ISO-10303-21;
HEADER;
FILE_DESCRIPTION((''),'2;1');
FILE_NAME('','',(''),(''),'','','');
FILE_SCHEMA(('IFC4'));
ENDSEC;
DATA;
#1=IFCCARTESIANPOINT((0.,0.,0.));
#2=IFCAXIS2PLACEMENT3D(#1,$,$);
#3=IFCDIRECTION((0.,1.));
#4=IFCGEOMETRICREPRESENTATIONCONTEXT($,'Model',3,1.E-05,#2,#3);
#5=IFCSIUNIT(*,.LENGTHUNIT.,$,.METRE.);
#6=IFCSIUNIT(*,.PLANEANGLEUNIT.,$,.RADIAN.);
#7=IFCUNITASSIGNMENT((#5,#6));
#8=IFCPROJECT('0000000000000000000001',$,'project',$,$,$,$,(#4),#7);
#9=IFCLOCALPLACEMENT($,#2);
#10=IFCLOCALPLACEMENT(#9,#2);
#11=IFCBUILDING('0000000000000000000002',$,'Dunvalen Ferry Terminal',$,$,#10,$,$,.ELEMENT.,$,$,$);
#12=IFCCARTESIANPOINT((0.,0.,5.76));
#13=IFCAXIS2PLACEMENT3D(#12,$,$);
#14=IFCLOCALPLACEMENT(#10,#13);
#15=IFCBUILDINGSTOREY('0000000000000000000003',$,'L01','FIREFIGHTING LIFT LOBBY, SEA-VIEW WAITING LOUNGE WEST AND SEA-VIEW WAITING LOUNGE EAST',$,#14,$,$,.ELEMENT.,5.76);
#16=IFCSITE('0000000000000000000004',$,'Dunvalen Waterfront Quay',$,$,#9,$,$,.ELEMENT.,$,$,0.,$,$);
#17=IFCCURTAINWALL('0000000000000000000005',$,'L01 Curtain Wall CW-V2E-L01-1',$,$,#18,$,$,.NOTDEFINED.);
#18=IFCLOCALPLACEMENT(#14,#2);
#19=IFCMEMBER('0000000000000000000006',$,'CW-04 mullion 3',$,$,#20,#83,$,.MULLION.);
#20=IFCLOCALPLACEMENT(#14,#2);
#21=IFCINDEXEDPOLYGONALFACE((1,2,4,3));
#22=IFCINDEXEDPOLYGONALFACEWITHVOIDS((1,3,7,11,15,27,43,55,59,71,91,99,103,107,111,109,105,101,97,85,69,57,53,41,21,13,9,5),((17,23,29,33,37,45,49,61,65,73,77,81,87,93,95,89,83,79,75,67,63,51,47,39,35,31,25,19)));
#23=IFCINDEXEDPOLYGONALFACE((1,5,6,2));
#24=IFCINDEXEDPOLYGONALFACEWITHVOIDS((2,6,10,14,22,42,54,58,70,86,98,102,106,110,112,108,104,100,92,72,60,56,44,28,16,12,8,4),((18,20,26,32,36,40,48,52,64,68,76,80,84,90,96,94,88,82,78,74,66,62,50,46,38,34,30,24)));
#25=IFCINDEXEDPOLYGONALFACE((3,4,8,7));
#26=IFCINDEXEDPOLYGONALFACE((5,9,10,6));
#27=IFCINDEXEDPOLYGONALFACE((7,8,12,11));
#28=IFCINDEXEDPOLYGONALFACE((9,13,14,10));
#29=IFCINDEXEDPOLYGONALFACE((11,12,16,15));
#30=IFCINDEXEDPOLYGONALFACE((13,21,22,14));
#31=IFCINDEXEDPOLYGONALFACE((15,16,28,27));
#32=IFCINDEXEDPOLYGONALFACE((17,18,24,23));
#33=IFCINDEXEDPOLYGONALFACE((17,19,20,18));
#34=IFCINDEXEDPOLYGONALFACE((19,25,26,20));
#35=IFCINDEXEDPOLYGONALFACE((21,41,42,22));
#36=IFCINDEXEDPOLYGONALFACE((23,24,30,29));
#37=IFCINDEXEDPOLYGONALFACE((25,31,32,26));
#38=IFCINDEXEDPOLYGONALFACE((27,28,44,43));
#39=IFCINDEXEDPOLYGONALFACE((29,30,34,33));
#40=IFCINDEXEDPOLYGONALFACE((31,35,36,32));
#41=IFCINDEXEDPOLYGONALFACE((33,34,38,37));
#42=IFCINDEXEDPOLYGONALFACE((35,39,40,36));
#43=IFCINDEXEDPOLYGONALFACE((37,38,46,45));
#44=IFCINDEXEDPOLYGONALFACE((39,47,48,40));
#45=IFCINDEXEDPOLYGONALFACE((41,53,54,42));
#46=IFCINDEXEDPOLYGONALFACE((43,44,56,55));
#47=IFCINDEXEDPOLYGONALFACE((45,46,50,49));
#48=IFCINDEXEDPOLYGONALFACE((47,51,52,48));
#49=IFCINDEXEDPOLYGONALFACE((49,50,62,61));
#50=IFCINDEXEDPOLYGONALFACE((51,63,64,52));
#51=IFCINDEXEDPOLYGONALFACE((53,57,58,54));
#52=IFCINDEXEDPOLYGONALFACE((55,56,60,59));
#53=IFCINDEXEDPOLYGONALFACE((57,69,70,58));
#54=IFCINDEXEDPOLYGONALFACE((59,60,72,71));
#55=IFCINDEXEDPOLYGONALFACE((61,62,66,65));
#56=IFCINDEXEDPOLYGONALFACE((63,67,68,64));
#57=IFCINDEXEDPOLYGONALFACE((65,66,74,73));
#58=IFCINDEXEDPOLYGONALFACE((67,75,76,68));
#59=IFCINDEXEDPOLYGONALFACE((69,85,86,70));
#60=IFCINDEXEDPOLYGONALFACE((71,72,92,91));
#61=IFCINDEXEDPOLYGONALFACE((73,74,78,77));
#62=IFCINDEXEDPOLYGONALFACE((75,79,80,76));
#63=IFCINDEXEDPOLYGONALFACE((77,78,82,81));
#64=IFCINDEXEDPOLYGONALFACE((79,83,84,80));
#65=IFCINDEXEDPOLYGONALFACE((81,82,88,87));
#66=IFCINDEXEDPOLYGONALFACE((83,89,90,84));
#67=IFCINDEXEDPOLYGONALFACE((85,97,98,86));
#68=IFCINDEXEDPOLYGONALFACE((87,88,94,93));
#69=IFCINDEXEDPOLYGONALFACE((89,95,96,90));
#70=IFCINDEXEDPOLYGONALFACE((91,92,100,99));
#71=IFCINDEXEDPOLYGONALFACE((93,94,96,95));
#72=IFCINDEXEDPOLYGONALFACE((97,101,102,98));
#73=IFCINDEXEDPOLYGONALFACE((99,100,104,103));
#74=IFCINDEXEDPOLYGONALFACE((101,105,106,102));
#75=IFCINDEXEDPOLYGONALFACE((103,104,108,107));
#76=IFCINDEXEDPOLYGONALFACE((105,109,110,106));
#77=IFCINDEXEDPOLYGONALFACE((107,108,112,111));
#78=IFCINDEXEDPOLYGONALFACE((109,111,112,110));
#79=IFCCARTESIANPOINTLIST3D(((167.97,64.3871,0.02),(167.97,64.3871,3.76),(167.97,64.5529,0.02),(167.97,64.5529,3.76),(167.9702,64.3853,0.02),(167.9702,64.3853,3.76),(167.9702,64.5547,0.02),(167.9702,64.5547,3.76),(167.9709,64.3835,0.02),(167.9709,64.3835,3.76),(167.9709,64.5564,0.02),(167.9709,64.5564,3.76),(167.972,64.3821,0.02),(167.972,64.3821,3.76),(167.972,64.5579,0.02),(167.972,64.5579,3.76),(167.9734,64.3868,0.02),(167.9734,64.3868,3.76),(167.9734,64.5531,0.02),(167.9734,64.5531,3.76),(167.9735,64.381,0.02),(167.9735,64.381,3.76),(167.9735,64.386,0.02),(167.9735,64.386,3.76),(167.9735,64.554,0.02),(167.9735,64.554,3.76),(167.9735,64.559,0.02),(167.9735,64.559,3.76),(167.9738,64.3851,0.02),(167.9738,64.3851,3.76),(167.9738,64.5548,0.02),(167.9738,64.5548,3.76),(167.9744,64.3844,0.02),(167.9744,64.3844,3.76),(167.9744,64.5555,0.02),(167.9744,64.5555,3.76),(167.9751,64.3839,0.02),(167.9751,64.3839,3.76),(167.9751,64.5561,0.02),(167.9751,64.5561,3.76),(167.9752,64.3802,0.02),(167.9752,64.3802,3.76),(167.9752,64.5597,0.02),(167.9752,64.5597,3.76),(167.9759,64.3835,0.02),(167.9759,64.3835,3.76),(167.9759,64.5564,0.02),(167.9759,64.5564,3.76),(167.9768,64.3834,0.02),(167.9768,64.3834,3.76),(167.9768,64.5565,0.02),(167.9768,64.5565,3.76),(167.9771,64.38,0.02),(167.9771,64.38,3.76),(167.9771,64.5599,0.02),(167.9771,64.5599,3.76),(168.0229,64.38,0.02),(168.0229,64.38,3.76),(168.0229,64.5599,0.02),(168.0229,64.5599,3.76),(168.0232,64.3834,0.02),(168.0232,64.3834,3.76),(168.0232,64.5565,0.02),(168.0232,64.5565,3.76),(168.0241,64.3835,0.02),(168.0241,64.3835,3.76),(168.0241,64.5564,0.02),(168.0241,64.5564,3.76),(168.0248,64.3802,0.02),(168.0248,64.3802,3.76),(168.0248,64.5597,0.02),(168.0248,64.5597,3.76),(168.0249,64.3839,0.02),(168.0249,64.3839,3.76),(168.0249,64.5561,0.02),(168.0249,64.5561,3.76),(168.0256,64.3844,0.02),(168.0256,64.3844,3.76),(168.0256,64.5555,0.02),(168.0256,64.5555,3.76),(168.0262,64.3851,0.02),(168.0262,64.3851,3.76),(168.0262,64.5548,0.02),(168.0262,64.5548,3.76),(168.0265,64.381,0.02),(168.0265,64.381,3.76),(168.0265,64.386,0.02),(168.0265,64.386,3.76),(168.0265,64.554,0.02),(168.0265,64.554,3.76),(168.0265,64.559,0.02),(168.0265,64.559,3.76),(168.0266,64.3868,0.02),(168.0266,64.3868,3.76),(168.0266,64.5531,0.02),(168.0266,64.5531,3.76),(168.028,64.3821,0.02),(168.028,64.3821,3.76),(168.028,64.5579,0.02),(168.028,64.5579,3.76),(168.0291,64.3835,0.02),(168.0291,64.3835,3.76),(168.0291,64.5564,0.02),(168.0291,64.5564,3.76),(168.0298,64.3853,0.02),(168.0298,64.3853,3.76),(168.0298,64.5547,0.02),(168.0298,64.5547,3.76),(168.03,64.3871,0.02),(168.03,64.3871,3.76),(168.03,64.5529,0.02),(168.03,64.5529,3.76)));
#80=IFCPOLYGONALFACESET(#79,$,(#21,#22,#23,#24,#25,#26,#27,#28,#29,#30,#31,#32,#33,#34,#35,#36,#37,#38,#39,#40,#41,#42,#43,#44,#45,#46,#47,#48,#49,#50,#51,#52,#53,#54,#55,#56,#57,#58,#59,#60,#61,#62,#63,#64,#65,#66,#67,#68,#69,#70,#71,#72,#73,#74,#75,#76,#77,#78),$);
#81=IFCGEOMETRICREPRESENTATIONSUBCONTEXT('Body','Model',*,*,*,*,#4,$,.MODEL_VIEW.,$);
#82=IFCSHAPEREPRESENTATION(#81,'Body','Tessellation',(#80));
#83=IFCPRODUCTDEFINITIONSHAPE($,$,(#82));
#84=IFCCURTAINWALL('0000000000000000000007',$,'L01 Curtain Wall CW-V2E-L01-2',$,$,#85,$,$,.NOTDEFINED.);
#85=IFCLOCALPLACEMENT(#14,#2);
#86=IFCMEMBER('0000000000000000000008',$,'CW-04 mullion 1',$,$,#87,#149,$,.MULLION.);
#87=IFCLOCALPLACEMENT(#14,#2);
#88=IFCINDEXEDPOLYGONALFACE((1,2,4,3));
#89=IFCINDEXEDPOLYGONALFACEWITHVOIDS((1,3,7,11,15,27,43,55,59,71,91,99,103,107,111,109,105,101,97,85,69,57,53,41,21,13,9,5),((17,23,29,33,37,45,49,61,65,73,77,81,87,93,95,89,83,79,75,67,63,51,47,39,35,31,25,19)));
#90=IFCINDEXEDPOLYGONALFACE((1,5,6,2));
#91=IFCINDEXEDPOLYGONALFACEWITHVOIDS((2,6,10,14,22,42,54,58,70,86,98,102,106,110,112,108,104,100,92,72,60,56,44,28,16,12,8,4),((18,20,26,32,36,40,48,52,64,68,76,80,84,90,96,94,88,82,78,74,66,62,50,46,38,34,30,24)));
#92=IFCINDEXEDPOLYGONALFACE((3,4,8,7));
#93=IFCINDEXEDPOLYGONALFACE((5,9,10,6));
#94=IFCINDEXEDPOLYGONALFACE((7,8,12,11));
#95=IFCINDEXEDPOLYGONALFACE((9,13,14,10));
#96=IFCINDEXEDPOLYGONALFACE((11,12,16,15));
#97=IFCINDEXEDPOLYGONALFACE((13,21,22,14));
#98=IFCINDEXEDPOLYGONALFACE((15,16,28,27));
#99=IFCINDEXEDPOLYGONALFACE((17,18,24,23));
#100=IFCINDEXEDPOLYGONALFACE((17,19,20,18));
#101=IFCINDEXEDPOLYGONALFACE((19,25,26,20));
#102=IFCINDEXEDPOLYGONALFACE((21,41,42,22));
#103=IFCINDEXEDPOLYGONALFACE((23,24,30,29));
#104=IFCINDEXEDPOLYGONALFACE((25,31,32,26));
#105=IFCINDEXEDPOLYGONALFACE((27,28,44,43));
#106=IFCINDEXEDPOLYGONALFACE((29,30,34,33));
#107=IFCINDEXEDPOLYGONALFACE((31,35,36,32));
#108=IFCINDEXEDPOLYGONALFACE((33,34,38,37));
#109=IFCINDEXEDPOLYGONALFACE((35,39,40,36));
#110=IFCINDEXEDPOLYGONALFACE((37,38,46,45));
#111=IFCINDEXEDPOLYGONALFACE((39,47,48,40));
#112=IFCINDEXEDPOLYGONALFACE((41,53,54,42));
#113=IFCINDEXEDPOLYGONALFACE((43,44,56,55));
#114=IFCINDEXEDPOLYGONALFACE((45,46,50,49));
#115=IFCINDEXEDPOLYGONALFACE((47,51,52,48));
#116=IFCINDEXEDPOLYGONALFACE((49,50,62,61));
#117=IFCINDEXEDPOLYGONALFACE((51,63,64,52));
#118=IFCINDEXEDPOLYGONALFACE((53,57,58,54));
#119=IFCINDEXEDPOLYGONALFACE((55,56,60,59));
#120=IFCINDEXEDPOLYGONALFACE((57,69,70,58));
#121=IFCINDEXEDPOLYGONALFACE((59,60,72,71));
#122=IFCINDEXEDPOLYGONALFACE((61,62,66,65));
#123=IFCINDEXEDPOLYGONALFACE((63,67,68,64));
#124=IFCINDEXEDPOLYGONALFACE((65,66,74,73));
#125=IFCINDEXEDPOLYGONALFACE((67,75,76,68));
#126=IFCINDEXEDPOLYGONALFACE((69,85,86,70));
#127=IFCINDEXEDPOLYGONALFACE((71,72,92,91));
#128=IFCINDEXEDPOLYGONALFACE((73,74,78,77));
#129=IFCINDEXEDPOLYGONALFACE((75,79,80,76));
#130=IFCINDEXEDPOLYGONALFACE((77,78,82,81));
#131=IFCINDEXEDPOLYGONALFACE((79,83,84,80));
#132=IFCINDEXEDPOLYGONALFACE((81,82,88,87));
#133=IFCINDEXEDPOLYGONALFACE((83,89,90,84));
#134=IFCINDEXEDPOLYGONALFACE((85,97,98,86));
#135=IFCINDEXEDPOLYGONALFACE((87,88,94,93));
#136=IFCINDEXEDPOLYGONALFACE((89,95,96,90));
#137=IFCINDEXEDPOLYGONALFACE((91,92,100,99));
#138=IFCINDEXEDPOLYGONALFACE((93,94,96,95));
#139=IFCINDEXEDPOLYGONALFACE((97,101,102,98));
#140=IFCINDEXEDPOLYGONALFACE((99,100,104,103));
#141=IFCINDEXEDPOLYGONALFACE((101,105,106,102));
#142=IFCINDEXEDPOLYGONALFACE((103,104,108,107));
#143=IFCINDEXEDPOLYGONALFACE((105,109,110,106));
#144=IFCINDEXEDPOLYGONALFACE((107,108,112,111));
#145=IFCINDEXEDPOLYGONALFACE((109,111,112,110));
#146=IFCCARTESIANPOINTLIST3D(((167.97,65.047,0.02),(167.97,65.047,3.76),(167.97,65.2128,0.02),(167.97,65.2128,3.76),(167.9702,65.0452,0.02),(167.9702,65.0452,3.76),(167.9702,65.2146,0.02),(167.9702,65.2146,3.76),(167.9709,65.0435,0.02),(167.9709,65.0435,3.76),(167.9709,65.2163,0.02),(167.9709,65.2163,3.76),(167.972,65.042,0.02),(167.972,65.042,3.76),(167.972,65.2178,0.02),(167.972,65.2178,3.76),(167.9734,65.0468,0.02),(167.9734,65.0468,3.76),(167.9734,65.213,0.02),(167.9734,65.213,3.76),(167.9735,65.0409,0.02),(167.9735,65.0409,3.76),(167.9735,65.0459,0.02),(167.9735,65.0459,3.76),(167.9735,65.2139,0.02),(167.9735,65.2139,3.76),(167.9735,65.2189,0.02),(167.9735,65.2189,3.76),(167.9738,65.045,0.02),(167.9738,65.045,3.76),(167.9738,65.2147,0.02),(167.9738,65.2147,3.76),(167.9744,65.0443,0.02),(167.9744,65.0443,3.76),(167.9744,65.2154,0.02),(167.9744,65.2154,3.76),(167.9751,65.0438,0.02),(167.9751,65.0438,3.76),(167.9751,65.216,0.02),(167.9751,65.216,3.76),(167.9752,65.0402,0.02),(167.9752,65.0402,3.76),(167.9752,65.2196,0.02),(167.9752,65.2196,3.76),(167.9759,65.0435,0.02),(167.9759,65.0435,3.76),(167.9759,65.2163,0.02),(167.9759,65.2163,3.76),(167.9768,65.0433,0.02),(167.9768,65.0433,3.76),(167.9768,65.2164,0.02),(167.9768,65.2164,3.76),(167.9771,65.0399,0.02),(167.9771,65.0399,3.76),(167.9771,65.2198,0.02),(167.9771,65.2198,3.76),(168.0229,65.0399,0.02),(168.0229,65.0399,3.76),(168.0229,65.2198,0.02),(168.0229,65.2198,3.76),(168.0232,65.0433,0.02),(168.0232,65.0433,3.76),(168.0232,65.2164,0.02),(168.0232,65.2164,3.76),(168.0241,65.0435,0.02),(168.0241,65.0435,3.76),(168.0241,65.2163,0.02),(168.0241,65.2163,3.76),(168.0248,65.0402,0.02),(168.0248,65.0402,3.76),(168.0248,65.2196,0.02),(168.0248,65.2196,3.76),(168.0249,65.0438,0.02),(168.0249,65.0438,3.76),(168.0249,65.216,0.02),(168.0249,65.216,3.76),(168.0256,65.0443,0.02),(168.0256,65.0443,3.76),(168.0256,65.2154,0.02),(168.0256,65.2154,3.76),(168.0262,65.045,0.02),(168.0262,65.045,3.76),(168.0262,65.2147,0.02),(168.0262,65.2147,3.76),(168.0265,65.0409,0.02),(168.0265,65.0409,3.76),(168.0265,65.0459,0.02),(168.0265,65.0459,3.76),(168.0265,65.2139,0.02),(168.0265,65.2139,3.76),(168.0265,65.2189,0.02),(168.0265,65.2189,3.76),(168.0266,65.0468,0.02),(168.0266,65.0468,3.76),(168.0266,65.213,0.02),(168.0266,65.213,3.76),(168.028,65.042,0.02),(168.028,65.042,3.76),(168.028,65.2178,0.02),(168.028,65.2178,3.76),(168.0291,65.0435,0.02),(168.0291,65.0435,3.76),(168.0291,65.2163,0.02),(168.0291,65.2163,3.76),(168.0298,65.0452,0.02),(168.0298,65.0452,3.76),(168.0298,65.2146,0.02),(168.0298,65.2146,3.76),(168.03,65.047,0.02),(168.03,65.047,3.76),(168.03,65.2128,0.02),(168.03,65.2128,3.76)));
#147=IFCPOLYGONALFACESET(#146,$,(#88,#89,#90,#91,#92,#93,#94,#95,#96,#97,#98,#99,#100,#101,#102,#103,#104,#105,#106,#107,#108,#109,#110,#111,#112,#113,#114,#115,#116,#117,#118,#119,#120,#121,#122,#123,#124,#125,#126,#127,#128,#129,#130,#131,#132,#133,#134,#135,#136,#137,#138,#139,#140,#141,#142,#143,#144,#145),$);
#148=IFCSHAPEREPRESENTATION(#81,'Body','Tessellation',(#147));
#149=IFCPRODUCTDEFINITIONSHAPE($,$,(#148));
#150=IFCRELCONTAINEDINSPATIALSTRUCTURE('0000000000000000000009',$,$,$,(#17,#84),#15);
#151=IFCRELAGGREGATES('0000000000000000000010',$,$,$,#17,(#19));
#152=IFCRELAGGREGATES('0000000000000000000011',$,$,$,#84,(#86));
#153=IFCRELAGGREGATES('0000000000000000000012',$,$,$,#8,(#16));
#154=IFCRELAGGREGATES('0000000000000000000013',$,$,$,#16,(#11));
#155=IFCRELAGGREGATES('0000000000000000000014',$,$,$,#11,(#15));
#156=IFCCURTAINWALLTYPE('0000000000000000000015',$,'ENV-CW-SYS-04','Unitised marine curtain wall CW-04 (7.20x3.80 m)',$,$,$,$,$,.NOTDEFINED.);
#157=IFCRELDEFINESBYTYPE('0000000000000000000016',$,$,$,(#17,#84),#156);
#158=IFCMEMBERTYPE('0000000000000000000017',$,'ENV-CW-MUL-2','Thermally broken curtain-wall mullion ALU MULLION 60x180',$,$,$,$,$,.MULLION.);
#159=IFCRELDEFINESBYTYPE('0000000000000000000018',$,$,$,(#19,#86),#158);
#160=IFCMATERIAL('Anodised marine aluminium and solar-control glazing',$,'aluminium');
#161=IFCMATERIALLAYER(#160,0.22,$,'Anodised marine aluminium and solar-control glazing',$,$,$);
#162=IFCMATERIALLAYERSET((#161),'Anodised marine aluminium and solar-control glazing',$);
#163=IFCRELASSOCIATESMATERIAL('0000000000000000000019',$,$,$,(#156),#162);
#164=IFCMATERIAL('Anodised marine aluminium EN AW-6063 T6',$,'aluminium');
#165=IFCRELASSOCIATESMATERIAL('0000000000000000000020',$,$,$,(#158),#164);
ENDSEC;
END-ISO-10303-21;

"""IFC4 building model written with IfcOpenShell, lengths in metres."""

from ifc_helpers import new_model, si_unit, direction, frame, origin, origin_2d, place, context, subcontext, project, spatial, hollow_rectangle, extrude, material, layer, layer_set, material_profile, profile_set, type_object, element, aggregate, save


model = new_model("IFC4")

# Units and contexts
model_context = context("Model", 3, precision=1e-05, world=origin(), true_north=direction((0.0, 1.0)))
body_context = subcontext(model_context, "Body", "Model", "MODEL_VIEW")
ifc_project = project(units=[si_unit("LENGTHUNIT", "METRE"), si_unit("PLANEANGLEUNIT", "RADIAN")], contexts=[model_context])

# Site, building, storey
site_placement = place(None, origin())
site = spatial("IfcSite", under=ifc_project, at=site_placement, Name="Dunvalen Waterfront Quay", CompositionType="ELEMENT", RefElevation=0.0)
building_placement = place(site_placement, origin())
building = spatial("IfcBuilding", under=site, at=building_placement, Name="Dunvalen Ferry Terminal", CompositionType="ELEMENT")
storey_placement = place(building_placement, frame((0.0, 0.0, 5.76)))
storey = spatial("IfcBuildingStorey", under=building, at=storey_placement, Name="L01", Description="FIREFIGHTING LIFT LOBBY, SEA-VIEW WAITING LOUNGE WEST AND SEA-VIEW WAITING LOUNGE EAST", CompositionType="ELEMENT", Elevation=5.76)

# Curtain wall, member
ifc_material_1 = material(Name="Anodised marine aluminium and solar-control glazing", Category="aluminium")
ifc_layer_1 = layer(ifc_material_1, 0.22, Name="Anodised marine aluminium and solar-control glazing")
ifc_layer_set_1 = layer_set([ifc_layer_1], Name="Anodised marine aluminium and solar-control glazing")
curtain_wall_type = type_object("IfcCurtainWallType", Name="ENV-CW-SYS-04", Description="Unitised marine curtain wall CW-04 (7.20x3.80 m)", PredefinedType="NOTDEFINED", material=ifc_layer_set_1)
curtain_wall_1_placement = place(storey_placement, origin())
curtain_wall_1 = element("IfcCurtainWall", 1, at=curtain_wall_1_placement, inside=storey, type_object=curtain_wall_type, Name="L01 Curtain Wall CW-V2E-L01-1", PredefinedType="NOTDEFINED")
ifc_material_2 = material(Name="Anodised marine aluminium EN AW-6063 T6", Category="aluminium")
ifc_material_profile_1 = material_profile(ifc_material_2, hollow_rectangle(XDim=0.0601, YDim=0.1799, WallThickness=0.0034, InnerFilletRadius=0.0034, OuterFilletRadius=0.0071, at=origin_2d()), Name="Anodised marine aluminium EN AW-6063 T6")
ifc_profile_set_1 = profile_set([ifc_material_profile_1], Name="Anodised marine aluminium EN AW-6063 T6")
member_type_1 = type_object("IfcMemberType", Name="ENV-CW-MUL-2", Description="Thermally broken curtain-wall mullion ALU MULLION 60x180", PredefinedType="MULLION", material=ifc_profile_set_1)
member_1_placement = place(storey_placement, frame((168.0, 64.47, 0.02), z_axis=(0.0, 0.0, 1.0), x_axis=(-1.0, 0.0, 0.0)))
member_1 = element("IfcMember", 2, at=member_1_placement, type_object=member_type_1, Name="CW-04 mullion 3", PredefinedType="MULLION", context=body_context, shape_type="SweptSolid", body=[
    extrude(hollow_rectangle(XDim=0.0601, YDim=0.1799, WallThickness=0.0034, InnerFilletRadius=0.0034, OuterFilletRadius=0.0071, at=origin_2d()), origin(), (0.0, 0.0, 1.0), 3.74),
])

# Curtain wall, member
curtain_wall_2_placement = place(storey_placement, origin())
curtain_wall_2 = element("IfcCurtainWall", 3, at=curtain_wall_2_placement, inside=storey, type_object=curtain_wall_type, Name="L01 Curtain Wall CW-V2E-L01-2", PredefinedType="NOTDEFINED")
member_2_placement = place(storey_placement, frame((168.0, 65.1299, 0.02), z_axis=(0.0, 0.0, 1.0), x_axis=(-1.0, 0.0, 0.0)))
member_2 = element("IfcMember", 4, at=member_2_placement, type_object=member_type_1, Name="CW-04 mullion 1", PredefinedType="MULLION", context=body_context, shape_type="SweptSolid", body=[
    extrude(hollow_rectangle(XDim=0.0601, YDim=0.1799, WallThickness=0.0034, InnerFilletRadius=0.0034, OuterFilletRadius=0.0071, at=origin_2d()), origin(), (0.0, 0.0, 1.0), 3.74),
])

aggregate(curtain_wall_1, [member_1])
aggregate(curtain_wall_2, [member_2])

save(model, "model.ifc")
